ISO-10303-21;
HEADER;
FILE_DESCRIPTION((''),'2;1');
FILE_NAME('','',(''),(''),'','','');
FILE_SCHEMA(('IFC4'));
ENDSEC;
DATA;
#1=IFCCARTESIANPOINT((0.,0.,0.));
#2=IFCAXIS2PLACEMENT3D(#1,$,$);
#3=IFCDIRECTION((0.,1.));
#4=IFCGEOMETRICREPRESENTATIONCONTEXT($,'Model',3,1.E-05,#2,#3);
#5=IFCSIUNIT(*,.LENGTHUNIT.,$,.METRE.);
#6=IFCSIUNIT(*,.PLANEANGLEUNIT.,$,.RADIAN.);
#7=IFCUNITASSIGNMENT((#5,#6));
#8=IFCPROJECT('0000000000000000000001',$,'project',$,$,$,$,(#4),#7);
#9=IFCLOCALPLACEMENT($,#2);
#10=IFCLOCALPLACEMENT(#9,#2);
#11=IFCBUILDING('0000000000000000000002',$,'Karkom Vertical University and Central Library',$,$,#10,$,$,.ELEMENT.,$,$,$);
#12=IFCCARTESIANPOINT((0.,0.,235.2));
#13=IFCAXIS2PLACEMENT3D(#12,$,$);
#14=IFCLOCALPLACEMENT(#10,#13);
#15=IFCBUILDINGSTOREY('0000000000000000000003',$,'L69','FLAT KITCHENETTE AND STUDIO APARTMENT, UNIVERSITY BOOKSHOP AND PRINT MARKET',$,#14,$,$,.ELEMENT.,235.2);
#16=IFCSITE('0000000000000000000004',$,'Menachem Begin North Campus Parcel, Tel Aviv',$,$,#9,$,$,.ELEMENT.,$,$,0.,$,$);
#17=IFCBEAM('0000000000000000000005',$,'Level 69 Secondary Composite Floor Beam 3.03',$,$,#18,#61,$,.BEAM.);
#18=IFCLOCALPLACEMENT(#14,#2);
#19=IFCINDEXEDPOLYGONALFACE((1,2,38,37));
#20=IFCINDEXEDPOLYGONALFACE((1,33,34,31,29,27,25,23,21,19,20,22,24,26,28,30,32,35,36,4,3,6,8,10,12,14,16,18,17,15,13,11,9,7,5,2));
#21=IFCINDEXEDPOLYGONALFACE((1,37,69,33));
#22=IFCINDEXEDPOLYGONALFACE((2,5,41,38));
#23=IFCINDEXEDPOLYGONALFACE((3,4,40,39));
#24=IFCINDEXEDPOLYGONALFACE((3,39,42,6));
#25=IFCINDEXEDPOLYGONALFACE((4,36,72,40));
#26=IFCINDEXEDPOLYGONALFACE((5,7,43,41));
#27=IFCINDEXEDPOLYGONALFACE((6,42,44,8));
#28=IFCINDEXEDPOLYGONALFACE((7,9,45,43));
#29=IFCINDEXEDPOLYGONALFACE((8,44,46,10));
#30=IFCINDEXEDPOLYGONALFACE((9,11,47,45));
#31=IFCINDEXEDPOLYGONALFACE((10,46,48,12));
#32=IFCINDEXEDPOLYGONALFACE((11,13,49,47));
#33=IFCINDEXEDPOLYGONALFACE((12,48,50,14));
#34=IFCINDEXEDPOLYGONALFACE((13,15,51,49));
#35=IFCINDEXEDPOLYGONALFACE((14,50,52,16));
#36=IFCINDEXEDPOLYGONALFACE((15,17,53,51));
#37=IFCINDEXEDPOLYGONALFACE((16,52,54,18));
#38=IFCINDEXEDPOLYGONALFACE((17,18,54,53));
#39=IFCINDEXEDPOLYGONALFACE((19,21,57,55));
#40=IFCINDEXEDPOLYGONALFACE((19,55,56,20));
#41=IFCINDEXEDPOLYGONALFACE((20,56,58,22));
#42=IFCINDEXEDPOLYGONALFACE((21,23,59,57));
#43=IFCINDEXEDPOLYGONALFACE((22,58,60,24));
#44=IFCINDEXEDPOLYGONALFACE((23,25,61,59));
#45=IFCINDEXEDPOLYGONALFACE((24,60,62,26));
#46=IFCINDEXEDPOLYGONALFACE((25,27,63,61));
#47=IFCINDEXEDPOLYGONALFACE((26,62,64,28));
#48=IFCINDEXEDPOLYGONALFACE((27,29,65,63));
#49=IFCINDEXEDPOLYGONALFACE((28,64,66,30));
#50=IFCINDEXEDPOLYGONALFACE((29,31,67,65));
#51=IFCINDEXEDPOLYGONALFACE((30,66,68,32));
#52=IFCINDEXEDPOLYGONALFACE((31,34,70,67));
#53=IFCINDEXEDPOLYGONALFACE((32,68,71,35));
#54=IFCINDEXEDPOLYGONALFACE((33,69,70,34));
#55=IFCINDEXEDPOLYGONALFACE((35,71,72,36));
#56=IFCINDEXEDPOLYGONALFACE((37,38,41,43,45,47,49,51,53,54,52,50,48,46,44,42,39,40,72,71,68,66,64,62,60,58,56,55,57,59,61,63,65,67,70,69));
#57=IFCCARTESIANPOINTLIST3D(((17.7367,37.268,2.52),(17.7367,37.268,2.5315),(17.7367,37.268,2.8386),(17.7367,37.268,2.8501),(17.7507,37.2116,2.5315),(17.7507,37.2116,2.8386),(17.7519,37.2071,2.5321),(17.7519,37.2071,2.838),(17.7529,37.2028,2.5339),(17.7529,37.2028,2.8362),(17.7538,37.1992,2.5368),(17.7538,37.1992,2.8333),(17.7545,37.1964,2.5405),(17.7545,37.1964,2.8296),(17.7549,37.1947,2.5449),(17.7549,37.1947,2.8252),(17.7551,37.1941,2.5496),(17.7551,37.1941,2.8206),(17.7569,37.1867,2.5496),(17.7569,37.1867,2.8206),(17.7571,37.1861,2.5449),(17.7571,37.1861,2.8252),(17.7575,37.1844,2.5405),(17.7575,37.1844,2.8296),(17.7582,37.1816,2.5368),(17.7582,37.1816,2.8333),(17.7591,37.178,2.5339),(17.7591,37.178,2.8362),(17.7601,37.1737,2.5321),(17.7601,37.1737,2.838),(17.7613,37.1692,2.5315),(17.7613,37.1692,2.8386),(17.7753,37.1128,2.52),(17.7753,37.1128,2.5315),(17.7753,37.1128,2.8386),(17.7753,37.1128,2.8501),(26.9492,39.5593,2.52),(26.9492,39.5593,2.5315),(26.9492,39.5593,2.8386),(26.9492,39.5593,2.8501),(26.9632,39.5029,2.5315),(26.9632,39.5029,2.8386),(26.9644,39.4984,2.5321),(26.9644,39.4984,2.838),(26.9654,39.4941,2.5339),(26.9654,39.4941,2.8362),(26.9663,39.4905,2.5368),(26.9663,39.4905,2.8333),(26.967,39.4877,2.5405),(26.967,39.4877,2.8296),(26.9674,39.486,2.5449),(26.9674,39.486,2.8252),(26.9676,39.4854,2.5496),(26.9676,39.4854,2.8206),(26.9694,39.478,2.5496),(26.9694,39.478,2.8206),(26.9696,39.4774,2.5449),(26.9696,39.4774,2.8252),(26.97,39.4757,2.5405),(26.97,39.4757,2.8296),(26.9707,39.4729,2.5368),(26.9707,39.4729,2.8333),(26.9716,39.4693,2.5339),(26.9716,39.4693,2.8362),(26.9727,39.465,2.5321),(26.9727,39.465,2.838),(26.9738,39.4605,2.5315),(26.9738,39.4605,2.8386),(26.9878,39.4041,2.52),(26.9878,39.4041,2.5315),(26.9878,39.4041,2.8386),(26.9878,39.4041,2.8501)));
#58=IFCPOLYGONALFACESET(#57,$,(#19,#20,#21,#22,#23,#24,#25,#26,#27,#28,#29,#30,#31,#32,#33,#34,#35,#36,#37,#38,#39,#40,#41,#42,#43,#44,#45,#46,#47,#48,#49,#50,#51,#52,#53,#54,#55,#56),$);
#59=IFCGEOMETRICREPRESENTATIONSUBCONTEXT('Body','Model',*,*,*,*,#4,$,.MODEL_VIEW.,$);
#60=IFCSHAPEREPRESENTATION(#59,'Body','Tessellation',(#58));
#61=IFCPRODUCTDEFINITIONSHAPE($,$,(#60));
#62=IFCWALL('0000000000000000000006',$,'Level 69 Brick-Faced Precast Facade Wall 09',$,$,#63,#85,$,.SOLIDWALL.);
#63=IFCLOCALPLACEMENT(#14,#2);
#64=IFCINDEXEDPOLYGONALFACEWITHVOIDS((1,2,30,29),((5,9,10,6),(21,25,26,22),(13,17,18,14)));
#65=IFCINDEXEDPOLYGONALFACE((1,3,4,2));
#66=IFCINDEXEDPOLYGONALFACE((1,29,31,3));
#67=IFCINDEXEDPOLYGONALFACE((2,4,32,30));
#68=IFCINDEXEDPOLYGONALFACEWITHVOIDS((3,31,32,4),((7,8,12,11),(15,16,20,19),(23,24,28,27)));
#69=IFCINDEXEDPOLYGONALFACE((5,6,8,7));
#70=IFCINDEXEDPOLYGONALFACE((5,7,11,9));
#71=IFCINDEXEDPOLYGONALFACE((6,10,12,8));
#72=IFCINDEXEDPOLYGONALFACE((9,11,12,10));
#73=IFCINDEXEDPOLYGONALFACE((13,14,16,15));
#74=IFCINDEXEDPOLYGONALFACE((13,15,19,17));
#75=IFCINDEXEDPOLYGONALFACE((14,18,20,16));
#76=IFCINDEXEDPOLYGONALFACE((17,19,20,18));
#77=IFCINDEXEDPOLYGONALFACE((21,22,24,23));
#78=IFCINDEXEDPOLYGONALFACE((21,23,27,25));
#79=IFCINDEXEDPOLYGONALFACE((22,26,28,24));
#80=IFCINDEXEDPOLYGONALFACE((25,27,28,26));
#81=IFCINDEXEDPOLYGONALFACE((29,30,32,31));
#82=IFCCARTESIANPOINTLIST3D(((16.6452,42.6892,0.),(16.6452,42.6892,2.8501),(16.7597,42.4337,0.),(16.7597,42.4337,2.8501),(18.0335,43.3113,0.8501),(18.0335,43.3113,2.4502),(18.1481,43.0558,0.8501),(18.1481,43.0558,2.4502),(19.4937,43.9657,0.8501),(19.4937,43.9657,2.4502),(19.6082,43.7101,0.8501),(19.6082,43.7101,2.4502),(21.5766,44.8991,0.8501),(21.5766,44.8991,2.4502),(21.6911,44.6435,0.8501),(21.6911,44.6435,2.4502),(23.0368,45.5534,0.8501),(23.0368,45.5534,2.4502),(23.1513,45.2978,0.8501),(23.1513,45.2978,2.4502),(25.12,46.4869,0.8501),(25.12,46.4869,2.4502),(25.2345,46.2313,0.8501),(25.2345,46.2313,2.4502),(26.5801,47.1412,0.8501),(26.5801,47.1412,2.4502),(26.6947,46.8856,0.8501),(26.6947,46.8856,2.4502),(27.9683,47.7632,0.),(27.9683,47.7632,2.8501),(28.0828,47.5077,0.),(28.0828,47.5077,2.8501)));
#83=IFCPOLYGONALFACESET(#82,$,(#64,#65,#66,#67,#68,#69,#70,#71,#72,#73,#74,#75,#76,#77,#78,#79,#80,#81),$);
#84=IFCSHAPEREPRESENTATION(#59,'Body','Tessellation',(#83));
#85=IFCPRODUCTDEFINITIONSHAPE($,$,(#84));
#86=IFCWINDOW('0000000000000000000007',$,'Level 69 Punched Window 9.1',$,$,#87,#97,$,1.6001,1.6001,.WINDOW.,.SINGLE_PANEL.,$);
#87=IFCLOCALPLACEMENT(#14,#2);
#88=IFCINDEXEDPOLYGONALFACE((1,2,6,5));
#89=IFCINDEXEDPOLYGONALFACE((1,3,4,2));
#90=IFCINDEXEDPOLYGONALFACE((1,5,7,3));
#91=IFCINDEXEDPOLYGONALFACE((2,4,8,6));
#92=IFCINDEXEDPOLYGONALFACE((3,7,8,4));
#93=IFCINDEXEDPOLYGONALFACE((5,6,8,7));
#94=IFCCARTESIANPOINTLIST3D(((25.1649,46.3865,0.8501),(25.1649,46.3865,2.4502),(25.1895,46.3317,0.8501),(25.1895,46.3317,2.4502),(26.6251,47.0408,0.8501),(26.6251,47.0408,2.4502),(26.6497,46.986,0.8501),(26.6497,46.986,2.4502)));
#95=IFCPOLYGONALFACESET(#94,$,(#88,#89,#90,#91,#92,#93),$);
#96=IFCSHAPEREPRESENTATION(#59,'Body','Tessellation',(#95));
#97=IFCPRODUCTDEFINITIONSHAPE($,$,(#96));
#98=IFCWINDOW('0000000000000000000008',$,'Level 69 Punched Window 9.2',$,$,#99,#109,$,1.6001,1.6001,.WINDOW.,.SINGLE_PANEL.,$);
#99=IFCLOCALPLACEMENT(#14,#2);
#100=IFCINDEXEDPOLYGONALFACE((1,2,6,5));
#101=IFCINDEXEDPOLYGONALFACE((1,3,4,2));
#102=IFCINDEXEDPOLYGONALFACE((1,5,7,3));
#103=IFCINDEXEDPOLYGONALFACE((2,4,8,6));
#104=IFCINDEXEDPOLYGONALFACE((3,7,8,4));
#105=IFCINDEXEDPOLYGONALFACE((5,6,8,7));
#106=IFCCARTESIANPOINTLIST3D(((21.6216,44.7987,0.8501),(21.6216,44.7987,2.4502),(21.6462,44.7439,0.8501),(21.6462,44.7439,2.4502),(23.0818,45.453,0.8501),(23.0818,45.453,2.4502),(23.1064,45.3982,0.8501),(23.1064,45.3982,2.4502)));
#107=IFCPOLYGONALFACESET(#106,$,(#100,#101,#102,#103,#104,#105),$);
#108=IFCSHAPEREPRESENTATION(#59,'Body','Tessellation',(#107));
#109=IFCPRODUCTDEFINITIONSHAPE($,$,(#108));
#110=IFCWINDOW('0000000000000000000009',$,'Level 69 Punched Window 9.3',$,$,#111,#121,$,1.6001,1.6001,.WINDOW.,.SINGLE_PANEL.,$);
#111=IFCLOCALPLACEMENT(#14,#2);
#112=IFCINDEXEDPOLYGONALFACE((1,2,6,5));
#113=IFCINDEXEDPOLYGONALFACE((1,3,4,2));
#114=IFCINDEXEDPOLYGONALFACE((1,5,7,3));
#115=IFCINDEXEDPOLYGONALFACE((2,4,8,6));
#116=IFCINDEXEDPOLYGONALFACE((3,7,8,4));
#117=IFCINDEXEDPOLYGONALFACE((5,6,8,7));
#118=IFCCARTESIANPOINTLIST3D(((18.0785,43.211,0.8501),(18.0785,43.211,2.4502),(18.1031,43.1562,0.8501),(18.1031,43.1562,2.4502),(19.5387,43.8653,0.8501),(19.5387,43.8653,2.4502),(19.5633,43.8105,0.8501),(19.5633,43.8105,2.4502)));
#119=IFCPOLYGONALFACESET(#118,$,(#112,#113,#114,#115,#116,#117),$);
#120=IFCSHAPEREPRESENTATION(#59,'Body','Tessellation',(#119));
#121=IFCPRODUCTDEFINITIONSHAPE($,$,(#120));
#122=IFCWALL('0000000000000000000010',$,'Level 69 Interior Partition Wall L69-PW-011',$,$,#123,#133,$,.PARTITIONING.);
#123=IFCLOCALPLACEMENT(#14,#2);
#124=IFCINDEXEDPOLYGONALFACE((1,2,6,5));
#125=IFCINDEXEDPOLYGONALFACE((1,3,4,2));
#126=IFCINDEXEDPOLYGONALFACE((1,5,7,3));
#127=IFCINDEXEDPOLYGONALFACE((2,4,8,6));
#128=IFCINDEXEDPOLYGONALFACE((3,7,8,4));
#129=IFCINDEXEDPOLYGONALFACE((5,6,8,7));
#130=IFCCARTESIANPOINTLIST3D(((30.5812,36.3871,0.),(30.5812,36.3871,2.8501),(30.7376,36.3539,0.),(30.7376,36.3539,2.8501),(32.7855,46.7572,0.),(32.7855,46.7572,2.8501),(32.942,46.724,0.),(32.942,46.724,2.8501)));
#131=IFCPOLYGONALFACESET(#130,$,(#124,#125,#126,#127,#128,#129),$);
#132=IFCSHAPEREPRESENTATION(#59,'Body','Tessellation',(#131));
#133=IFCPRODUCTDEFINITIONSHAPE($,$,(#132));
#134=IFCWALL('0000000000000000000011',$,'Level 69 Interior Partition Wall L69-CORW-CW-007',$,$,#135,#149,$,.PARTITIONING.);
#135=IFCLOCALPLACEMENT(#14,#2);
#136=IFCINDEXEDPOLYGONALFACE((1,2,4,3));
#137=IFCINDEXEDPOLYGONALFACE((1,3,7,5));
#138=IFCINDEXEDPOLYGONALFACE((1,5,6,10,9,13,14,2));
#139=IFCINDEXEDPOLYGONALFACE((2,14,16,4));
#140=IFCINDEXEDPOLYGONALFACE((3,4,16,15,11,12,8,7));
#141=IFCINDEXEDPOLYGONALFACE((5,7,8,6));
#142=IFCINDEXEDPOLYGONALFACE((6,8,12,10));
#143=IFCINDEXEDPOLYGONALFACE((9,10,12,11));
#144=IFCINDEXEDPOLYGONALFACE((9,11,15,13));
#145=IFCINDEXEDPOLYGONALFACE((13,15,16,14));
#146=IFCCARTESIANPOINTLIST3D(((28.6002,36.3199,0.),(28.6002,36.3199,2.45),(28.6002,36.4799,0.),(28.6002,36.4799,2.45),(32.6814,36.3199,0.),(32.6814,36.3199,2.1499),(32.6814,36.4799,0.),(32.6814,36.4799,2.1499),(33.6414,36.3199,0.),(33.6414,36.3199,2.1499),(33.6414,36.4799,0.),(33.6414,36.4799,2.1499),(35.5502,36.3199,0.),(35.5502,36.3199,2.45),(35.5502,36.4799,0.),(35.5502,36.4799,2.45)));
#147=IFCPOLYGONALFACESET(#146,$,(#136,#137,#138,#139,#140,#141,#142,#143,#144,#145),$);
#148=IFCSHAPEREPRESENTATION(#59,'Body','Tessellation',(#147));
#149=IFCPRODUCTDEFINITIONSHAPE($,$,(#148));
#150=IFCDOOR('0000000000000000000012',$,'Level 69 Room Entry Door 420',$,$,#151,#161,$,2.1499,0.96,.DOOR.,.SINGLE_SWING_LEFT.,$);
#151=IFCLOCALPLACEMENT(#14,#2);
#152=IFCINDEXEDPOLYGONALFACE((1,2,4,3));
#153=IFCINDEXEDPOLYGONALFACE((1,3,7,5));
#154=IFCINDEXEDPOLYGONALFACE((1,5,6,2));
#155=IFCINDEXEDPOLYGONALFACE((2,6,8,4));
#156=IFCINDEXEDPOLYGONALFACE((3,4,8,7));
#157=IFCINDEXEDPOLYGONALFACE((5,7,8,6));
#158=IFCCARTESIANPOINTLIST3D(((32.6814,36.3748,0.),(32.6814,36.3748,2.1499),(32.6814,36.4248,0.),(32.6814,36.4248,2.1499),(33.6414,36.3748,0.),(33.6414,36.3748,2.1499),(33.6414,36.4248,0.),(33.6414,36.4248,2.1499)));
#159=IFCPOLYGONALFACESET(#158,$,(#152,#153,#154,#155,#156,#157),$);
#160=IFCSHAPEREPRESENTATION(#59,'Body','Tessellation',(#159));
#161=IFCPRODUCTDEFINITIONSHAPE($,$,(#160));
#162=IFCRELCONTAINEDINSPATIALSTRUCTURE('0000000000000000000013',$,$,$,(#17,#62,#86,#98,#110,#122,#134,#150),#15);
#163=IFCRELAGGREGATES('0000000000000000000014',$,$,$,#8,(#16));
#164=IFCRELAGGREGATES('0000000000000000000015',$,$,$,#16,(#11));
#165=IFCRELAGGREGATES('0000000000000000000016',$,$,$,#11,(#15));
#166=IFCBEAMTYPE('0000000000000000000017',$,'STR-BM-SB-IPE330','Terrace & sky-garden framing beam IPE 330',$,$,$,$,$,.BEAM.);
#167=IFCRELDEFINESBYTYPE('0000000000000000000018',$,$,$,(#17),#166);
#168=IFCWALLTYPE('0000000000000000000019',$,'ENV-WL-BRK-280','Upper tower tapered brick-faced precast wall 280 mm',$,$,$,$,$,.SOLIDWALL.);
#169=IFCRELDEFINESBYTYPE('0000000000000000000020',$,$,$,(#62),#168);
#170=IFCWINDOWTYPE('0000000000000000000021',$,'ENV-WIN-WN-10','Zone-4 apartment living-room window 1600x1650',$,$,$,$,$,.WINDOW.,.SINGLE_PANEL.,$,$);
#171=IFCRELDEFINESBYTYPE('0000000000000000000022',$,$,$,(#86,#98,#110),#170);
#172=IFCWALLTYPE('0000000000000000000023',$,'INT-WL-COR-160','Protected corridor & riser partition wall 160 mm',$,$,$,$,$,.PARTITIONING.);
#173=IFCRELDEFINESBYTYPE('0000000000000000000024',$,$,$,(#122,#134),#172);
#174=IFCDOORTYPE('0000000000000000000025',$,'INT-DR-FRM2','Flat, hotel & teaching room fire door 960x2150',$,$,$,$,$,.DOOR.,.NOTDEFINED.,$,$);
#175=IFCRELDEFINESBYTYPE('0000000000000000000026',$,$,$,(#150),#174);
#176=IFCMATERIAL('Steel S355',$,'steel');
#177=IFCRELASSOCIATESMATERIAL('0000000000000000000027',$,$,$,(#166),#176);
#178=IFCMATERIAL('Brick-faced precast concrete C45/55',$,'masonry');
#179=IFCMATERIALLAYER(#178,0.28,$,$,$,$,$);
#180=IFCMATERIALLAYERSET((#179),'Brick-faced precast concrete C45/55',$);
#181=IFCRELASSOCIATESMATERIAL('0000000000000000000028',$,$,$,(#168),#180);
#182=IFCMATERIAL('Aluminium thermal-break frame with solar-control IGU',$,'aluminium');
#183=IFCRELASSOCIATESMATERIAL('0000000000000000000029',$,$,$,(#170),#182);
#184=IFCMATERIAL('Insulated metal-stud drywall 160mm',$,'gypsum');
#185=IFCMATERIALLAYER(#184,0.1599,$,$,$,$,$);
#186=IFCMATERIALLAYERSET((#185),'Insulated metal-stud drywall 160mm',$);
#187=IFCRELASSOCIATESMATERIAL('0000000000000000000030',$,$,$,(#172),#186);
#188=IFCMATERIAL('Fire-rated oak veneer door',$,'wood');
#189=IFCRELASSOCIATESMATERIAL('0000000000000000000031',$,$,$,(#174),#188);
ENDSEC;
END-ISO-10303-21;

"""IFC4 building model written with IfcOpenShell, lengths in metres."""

from ifc_helpers import new_model, si_unit, direction, frame, frame_2d, origin, origin_with_axes, origin_2d, place, context, subcontext, project, spatial, rectangle, i_section, extrude, source, transform, mapped, material, layer, layer_set, material_profile, profile_set, type_object, element, fill, save


model = new_model("IFC4")

# Units and contexts
model_context = context("Model", 3, precision=1e-05, world=origin(), true_north=direction((0.0, 1.0)))
body_context = subcontext(model_context, "Body", "Model", "MODEL_VIEW")
ifc_project = project(units=[si_unit("LENGTHUNIT", "METRE"), si_unit("PLANEANGLEUNIT", "RADIAN")], contexts=[model_context])

# Site, building, storey
site_placement = place(None, origin())
site = spatial("IfcSite", under=ifc_project, at=site_placement, Name="Menachem Begin North Campus Parcel, Tel Aviv", CompositionType="ELEMENT", RefElevation=0.0)
building_placement = place(site_placement, origin())
building = spatial("IfcBuilding", under=site, at=building_placement, Name="Karkom Vertical University and Central Library", CompositionType="ELEMENT")
storey_placement = place(building_placement, frame((0.0, 0.0, 235.2)))
storey = spatial("IfcBuildingStorey", under=building, at=storey_placement, Name="L69", Description="FLAT KITCHENETTE AND STUDIO APARTMENT, UNIVERSITY BOOKSHOP AND PRINT MARKET", CompositionType="ELEMENT", Elevation=235.2)

# Beam
ifc_material_1 = material(Name="Steel S355", Category="steel")
ifc_material_profile_1 = material_profile(ifc_material_1, i_section(OverallWidth=0.1599, OverallDepth=0.3301, WebThickness=0.0076, FlangeThickness=0.0115, FilletRadius=0.0181, at=origin_2d()), Name="IPE 330")
ifc_profile_set_1 = profile_set([ifc_material_profile_1], Name="Steel S355")
beam_type_1 = type_object("IfcBeamType", Name="STR-BM-SB-IPE330", Description="Terrace & sky-garden framing beam IPE 330", PredefinedType="BEAM", material=ifc_profile_set_1)
shared_shape_1 = source(origin_with_axes(), body_context, "Body", "SweptSolid", [
    extrude(i_section(OverallWidth=0.1599, OverallDepth=0.3301, WebThickness=0.0076, FlangeThickness=0.0115, FilletRadius=0.0181, at=origin_2d()), origin(), (0.0, 0.0, 1.0), 9.4932),
])
beam_1_placement = place(storey_placement, frame((26.9685, 39.4817, 2.6851), z_axis=(-0.970435, -0.241362, 0.0), x_axis=(0.241362, -0.970435, 0.0)))
element("IfcBeam", 1, at=beam_1_placement, inside=storey, type_object=beam_type_1, Name="Level 69 Secondary Composite Floor Beam 3.03", PredefinedType="BEAM", context=body_context, shape_type="MappedRepresentation", body=[
    mapped(shared_shape_1, transform((0.0, 0.0, 0.0), scale=1.0)),
])

# Wall, openings, windows
ifc_material_2 = material(Name="Brick-faced precast concrete C45/55", Category="masonry")
ifc_layer_1 = layer(ifc_material_2, 0.28)
ifc_layer_set_1 = layer_set([ifc_layer_1], Name="Brick-faced precast concrete C45/55")
wall_type_1 = type_object("IfcWallType", Name="ENV-WL-BRK-280", Description="Upper tower tapered brick-faced precast wall 280 mm", PredefinedType="SOLIDWALL", material=ifc_layer_set_1)
wall_1_placement = place(storey_placement, frame((28.0256, 47.6355, 0.0), z_axis=(0.0, 0.0, 1.0), x_axis=(-0.912565, -0.408932, 0.0)))
wall_1 = element("IfcWall", 2, at=wall_1_placement, inside=storey, type_object=wall_type_1, Name="Level 69 Brick-Faced Precast Facade Wall 09", PredefinedType="SOLIDWALL", context=body_context, shape_type="SweptSolid", body=[
    extrude(rectangle(XDim=12.408, YDim=0.28, at=frame_2d((6.2041, 0.0))), origin(), (0.0, 0.0, 1.0), 2.8501),
])
opening_1_placement = place(wall_1_placement, frame((1.5212, 0.0, 0.8501)))
opening_1 = element("IfcOpeningElement", 3, at=opening_1_placement, cuts=wall_1, PredefinedType="OPENING", context=body_context, shape_type="SweptSolid", body=[
    extrude(rectangle(XDim=1.6001, YDim=1.6001, at=frame_2d((0.8, 0.8))), frame((0.0, 0.1499, 0.0), z_axis=(0.0, -1.0, 0.0), x_axis=(1.0, 0.0, 0.0)), (0.0, 0.0, 1.0), 0.3),
])
opening_2_placement = place(wall_1_placement, frame((5.4041, 0.0, 0.8501)))
opening_2 = element("IfcOpeningElement", 4, at=opening_2_placement, cuts=wall_1, PredefinedType="OPENING", context=body_context, shape_type="SweptSolid", body=[
    extrude(rectangle(XDim=1.6001, YDim=1.6001, at=frame_2d((0.8, 0.8))), frame((0.0, 0.1499, 0.0), z_axis=(0.0, -1.0, 0.0), x_axis=(1.0, 0.0, 0.0)), (0.0, 0.0, 1.0), 0.3),
])
opening_3_placement = place(wall_1_placement, frame((9.2866, 0.0, 0.8501)))
opening_3 = element("IfcOpeningElement", 5, at=opening_3_placement, cuts=wall_1, PredefinedType="OPENING", context=body_context, shape_type="SweptSolid", body=[
    extrude(rectangle(XDim=1.6001, YDim=1.6001, at=frame_2d((0.8, 0.8))), frame((0.0, 0.1499, 0.0), z_axis=(0.0, -1.0, 0.0), x_axis=(1.0, 0.0, 0.0)), (0.0, 0.0, 1.0), 0.3),
])
ifc_material_3 = material(Name="Aluminium thermal-break frame with solar-control IGU", Category="aluminium")
window_type = type_object("IfcWindowType", Name="ENV-WIN-WN-10", Description="Zone-4 apartment living-room window 1600x1650", PartitioningType="SINGLE_PANEL", PredefinedType="WINDOW", material=ifc_material_3)
shared_shape_2 = source(origin_with_axes(), body_context, "Body", "SweptSolid", [
    extrude(rectangle(XDim=1.6001, YDim=1.6001, at=frame_2d((0.8, 0.8))), frame((0.0, 0.03, 0.0), z_axis=(0.0, -1.0, 0.0), x_axis=(1.0, 0.0, 0.0)), (0.0, 0.0, 1.0), 0.0601),
])
window_1_placement = place(opening_1_placement, origin())
window_1 = element("IfcWindow", 6, at=window_1_placement, inside=storey, type_object=window_type, Name="Level 69 Punched Window 9.1", OverallHeight=1.6001, OverallWidth=1.6001, PartitioningType="SINGLE_PANEL", PredefinedType="WINDOW", context=body_context, shape_type="MappedRepresentation", body=[
    mapped(shared_shape_2, transform((0.0, 0.0, 0.0), scale=1.0)),
])
fill(opening_1, window_1)
window_2_placement = place(opening_2_placement, origin())
window_2 = element("IfcWindow", 7, at=window_2_placement, inside=storey, type_object=window_type, Name="Level 69 Punched Window 9.2", OverallHeight=1.6001, OverallWidth=1.6001, PartitioningType="SINGLE_PANEL", PredefinedType="WINDOW", context=body_context, shape_type="MappedRepresentation", body=[
    mapped(shared_shape_2, transform((0.0, 0.0, 0.0), scale=1.0)),
])
fill(opening_2, window_2)
window_3_placement = place(opening_3_placement, origin())
window_3 = element("IfcWindow", 8, at=window_3_placement, inside=storey, type_object=window_type, Name="Level 69 Punched Window 9.3", OverallHeight=1.6001, OverallWidth=1.6001, PartitioningType="SINGLE_PANEL", PredefinedType="WINDOW", context=body_context, shape_type="MappedRepresentation", body=[
    mapped(shared_shape_2, transform((0.0, 0.0, 0.0), scale=1.0)),
])
fill(opening_3, window_3)

# Wall
ifc_material_4 = material(Name="Insulated metal-stud drywall 160mm", Category="gypsum")
ifc_layer_2 = layer(ifc_material_4, 0.1599)
ifc_layer_set_2 = layer_set([ifc_layer_2], Name="Insulated metal-stud drywall 160mm")
wall_type_2 = type_object("IfcWallType", Name="INT-WL-COR-160", Description="Protected corridor & riser partition wall 160 mm", PredefinedType="PARTITIONING", material=ifc_layer_set_2)
wall_2_placement = place(storey_placement, frame((30.6594, 36.3706, 0.0), z_axis=(0.0, 0.0, 1.0), x_axis=(0.207922, 0.978146, 0.0)))
element("IfcWall", 9, at=wall_2_placement, inside=storey, type_object=wall_type_2, Name="Level 69 Interior Partition Wall L69-PW-011", PredefinedType="PARTITIONING", context=body_context, shape_type="SweptSolid", body=[
    extrude(rectangle(XDim=10.6018, YDim=0.1599, at=frame_2d((5.3008, 0.0))), origin(), (0.0, 0.0, 1.0), 2.8501),
])

# Wall, opening, door
wall_3_placement = place(storey_placement, frame((28.6001, 36.3999, 0.0), z_axis=(0.0, 0.0, 1.0), x_axis=(1.0, 0.0, 0.0)))
wall_3 = element("IfcWall", 10, at=wall_3_placement, inside=storey, type_object=wall_type_2, Name="Level 69 Interior Partition Wall L69-CORW-CW-007", PredefinedType="PARTITIONING", context=body_context, shape_type="SweptSolid", body=[
    extrude(rectangle(XDim=6.95, YDim=0.1599, at=frame_2d((3.4751, 0.0))), origin(), (0.0, 0.0, 1.0), 2.45),
])
opening_4_placement = place(wall_3_placement, frame((4.0813, 0.0, 0.0)))
opening_4 = element("IfcOpeningElement", 11, at=opening_4_placement, cuts=wall_3, PredefinedType="OPENING", context=body_context, shape_type="SweptSolid", body=[
    extrude(rectangle(XDim=0.96, YDim=2.1499, at=frame_2d((0.48, 1.075))), frame((0.0, 0.0898, 0.0), z_axis=(0.0, -1.0, 0.0), x_axis=(1.0, 0.0, 0.0)), (0.0, 0.0, 1.0), 0.1799),
])
ifc_material_5 = material(Name="Fire-rated oak veneer door", Category="wood")
door_type_1 = type_object("IfcDoorType", Name="INT-DR-FRM2", Description="Flat, hotel & teaching room fire door 960x2150", OperationType="NOTDEFINED", PredefinedType="DOOR", material=ifc_material_5)
shared_shape_3 = source(origin_with_axes(), body_context, "Body", "SweptSolid", [
    extrude(rectangle(XDim=0.96, YDim=2.1499, at=frame_2d((0.48, 1.075))), frame((0.0, 0.0249, 0.0), z_axis=(0.0, -1.0, 0.0), x_axis=(1.0, 0.0, 0.0)), (0.0, 0.0, 1.0), 0.05),
])
door_1_placement = place(opening_4_placement, origin())
door_1 = element("IfcDoor", 12, at=door_1_placement, inside=storey, type_object=door_type_1, Name="Level 69 Room Entry Door 420", OperationType="SINGLE_SWING_LEFT", OverallHeight=2.1499, OverallWidth=0.96, PredefinedType="DOOR", context=body_context, shape_type="MappedRepresentation", body=[
    mapped(shared_shape_3, transform((0.0, 0.0, 0.0), scale=1.0)),
])
fill(opening_4, door_1)

save(model, "model.ifc")
